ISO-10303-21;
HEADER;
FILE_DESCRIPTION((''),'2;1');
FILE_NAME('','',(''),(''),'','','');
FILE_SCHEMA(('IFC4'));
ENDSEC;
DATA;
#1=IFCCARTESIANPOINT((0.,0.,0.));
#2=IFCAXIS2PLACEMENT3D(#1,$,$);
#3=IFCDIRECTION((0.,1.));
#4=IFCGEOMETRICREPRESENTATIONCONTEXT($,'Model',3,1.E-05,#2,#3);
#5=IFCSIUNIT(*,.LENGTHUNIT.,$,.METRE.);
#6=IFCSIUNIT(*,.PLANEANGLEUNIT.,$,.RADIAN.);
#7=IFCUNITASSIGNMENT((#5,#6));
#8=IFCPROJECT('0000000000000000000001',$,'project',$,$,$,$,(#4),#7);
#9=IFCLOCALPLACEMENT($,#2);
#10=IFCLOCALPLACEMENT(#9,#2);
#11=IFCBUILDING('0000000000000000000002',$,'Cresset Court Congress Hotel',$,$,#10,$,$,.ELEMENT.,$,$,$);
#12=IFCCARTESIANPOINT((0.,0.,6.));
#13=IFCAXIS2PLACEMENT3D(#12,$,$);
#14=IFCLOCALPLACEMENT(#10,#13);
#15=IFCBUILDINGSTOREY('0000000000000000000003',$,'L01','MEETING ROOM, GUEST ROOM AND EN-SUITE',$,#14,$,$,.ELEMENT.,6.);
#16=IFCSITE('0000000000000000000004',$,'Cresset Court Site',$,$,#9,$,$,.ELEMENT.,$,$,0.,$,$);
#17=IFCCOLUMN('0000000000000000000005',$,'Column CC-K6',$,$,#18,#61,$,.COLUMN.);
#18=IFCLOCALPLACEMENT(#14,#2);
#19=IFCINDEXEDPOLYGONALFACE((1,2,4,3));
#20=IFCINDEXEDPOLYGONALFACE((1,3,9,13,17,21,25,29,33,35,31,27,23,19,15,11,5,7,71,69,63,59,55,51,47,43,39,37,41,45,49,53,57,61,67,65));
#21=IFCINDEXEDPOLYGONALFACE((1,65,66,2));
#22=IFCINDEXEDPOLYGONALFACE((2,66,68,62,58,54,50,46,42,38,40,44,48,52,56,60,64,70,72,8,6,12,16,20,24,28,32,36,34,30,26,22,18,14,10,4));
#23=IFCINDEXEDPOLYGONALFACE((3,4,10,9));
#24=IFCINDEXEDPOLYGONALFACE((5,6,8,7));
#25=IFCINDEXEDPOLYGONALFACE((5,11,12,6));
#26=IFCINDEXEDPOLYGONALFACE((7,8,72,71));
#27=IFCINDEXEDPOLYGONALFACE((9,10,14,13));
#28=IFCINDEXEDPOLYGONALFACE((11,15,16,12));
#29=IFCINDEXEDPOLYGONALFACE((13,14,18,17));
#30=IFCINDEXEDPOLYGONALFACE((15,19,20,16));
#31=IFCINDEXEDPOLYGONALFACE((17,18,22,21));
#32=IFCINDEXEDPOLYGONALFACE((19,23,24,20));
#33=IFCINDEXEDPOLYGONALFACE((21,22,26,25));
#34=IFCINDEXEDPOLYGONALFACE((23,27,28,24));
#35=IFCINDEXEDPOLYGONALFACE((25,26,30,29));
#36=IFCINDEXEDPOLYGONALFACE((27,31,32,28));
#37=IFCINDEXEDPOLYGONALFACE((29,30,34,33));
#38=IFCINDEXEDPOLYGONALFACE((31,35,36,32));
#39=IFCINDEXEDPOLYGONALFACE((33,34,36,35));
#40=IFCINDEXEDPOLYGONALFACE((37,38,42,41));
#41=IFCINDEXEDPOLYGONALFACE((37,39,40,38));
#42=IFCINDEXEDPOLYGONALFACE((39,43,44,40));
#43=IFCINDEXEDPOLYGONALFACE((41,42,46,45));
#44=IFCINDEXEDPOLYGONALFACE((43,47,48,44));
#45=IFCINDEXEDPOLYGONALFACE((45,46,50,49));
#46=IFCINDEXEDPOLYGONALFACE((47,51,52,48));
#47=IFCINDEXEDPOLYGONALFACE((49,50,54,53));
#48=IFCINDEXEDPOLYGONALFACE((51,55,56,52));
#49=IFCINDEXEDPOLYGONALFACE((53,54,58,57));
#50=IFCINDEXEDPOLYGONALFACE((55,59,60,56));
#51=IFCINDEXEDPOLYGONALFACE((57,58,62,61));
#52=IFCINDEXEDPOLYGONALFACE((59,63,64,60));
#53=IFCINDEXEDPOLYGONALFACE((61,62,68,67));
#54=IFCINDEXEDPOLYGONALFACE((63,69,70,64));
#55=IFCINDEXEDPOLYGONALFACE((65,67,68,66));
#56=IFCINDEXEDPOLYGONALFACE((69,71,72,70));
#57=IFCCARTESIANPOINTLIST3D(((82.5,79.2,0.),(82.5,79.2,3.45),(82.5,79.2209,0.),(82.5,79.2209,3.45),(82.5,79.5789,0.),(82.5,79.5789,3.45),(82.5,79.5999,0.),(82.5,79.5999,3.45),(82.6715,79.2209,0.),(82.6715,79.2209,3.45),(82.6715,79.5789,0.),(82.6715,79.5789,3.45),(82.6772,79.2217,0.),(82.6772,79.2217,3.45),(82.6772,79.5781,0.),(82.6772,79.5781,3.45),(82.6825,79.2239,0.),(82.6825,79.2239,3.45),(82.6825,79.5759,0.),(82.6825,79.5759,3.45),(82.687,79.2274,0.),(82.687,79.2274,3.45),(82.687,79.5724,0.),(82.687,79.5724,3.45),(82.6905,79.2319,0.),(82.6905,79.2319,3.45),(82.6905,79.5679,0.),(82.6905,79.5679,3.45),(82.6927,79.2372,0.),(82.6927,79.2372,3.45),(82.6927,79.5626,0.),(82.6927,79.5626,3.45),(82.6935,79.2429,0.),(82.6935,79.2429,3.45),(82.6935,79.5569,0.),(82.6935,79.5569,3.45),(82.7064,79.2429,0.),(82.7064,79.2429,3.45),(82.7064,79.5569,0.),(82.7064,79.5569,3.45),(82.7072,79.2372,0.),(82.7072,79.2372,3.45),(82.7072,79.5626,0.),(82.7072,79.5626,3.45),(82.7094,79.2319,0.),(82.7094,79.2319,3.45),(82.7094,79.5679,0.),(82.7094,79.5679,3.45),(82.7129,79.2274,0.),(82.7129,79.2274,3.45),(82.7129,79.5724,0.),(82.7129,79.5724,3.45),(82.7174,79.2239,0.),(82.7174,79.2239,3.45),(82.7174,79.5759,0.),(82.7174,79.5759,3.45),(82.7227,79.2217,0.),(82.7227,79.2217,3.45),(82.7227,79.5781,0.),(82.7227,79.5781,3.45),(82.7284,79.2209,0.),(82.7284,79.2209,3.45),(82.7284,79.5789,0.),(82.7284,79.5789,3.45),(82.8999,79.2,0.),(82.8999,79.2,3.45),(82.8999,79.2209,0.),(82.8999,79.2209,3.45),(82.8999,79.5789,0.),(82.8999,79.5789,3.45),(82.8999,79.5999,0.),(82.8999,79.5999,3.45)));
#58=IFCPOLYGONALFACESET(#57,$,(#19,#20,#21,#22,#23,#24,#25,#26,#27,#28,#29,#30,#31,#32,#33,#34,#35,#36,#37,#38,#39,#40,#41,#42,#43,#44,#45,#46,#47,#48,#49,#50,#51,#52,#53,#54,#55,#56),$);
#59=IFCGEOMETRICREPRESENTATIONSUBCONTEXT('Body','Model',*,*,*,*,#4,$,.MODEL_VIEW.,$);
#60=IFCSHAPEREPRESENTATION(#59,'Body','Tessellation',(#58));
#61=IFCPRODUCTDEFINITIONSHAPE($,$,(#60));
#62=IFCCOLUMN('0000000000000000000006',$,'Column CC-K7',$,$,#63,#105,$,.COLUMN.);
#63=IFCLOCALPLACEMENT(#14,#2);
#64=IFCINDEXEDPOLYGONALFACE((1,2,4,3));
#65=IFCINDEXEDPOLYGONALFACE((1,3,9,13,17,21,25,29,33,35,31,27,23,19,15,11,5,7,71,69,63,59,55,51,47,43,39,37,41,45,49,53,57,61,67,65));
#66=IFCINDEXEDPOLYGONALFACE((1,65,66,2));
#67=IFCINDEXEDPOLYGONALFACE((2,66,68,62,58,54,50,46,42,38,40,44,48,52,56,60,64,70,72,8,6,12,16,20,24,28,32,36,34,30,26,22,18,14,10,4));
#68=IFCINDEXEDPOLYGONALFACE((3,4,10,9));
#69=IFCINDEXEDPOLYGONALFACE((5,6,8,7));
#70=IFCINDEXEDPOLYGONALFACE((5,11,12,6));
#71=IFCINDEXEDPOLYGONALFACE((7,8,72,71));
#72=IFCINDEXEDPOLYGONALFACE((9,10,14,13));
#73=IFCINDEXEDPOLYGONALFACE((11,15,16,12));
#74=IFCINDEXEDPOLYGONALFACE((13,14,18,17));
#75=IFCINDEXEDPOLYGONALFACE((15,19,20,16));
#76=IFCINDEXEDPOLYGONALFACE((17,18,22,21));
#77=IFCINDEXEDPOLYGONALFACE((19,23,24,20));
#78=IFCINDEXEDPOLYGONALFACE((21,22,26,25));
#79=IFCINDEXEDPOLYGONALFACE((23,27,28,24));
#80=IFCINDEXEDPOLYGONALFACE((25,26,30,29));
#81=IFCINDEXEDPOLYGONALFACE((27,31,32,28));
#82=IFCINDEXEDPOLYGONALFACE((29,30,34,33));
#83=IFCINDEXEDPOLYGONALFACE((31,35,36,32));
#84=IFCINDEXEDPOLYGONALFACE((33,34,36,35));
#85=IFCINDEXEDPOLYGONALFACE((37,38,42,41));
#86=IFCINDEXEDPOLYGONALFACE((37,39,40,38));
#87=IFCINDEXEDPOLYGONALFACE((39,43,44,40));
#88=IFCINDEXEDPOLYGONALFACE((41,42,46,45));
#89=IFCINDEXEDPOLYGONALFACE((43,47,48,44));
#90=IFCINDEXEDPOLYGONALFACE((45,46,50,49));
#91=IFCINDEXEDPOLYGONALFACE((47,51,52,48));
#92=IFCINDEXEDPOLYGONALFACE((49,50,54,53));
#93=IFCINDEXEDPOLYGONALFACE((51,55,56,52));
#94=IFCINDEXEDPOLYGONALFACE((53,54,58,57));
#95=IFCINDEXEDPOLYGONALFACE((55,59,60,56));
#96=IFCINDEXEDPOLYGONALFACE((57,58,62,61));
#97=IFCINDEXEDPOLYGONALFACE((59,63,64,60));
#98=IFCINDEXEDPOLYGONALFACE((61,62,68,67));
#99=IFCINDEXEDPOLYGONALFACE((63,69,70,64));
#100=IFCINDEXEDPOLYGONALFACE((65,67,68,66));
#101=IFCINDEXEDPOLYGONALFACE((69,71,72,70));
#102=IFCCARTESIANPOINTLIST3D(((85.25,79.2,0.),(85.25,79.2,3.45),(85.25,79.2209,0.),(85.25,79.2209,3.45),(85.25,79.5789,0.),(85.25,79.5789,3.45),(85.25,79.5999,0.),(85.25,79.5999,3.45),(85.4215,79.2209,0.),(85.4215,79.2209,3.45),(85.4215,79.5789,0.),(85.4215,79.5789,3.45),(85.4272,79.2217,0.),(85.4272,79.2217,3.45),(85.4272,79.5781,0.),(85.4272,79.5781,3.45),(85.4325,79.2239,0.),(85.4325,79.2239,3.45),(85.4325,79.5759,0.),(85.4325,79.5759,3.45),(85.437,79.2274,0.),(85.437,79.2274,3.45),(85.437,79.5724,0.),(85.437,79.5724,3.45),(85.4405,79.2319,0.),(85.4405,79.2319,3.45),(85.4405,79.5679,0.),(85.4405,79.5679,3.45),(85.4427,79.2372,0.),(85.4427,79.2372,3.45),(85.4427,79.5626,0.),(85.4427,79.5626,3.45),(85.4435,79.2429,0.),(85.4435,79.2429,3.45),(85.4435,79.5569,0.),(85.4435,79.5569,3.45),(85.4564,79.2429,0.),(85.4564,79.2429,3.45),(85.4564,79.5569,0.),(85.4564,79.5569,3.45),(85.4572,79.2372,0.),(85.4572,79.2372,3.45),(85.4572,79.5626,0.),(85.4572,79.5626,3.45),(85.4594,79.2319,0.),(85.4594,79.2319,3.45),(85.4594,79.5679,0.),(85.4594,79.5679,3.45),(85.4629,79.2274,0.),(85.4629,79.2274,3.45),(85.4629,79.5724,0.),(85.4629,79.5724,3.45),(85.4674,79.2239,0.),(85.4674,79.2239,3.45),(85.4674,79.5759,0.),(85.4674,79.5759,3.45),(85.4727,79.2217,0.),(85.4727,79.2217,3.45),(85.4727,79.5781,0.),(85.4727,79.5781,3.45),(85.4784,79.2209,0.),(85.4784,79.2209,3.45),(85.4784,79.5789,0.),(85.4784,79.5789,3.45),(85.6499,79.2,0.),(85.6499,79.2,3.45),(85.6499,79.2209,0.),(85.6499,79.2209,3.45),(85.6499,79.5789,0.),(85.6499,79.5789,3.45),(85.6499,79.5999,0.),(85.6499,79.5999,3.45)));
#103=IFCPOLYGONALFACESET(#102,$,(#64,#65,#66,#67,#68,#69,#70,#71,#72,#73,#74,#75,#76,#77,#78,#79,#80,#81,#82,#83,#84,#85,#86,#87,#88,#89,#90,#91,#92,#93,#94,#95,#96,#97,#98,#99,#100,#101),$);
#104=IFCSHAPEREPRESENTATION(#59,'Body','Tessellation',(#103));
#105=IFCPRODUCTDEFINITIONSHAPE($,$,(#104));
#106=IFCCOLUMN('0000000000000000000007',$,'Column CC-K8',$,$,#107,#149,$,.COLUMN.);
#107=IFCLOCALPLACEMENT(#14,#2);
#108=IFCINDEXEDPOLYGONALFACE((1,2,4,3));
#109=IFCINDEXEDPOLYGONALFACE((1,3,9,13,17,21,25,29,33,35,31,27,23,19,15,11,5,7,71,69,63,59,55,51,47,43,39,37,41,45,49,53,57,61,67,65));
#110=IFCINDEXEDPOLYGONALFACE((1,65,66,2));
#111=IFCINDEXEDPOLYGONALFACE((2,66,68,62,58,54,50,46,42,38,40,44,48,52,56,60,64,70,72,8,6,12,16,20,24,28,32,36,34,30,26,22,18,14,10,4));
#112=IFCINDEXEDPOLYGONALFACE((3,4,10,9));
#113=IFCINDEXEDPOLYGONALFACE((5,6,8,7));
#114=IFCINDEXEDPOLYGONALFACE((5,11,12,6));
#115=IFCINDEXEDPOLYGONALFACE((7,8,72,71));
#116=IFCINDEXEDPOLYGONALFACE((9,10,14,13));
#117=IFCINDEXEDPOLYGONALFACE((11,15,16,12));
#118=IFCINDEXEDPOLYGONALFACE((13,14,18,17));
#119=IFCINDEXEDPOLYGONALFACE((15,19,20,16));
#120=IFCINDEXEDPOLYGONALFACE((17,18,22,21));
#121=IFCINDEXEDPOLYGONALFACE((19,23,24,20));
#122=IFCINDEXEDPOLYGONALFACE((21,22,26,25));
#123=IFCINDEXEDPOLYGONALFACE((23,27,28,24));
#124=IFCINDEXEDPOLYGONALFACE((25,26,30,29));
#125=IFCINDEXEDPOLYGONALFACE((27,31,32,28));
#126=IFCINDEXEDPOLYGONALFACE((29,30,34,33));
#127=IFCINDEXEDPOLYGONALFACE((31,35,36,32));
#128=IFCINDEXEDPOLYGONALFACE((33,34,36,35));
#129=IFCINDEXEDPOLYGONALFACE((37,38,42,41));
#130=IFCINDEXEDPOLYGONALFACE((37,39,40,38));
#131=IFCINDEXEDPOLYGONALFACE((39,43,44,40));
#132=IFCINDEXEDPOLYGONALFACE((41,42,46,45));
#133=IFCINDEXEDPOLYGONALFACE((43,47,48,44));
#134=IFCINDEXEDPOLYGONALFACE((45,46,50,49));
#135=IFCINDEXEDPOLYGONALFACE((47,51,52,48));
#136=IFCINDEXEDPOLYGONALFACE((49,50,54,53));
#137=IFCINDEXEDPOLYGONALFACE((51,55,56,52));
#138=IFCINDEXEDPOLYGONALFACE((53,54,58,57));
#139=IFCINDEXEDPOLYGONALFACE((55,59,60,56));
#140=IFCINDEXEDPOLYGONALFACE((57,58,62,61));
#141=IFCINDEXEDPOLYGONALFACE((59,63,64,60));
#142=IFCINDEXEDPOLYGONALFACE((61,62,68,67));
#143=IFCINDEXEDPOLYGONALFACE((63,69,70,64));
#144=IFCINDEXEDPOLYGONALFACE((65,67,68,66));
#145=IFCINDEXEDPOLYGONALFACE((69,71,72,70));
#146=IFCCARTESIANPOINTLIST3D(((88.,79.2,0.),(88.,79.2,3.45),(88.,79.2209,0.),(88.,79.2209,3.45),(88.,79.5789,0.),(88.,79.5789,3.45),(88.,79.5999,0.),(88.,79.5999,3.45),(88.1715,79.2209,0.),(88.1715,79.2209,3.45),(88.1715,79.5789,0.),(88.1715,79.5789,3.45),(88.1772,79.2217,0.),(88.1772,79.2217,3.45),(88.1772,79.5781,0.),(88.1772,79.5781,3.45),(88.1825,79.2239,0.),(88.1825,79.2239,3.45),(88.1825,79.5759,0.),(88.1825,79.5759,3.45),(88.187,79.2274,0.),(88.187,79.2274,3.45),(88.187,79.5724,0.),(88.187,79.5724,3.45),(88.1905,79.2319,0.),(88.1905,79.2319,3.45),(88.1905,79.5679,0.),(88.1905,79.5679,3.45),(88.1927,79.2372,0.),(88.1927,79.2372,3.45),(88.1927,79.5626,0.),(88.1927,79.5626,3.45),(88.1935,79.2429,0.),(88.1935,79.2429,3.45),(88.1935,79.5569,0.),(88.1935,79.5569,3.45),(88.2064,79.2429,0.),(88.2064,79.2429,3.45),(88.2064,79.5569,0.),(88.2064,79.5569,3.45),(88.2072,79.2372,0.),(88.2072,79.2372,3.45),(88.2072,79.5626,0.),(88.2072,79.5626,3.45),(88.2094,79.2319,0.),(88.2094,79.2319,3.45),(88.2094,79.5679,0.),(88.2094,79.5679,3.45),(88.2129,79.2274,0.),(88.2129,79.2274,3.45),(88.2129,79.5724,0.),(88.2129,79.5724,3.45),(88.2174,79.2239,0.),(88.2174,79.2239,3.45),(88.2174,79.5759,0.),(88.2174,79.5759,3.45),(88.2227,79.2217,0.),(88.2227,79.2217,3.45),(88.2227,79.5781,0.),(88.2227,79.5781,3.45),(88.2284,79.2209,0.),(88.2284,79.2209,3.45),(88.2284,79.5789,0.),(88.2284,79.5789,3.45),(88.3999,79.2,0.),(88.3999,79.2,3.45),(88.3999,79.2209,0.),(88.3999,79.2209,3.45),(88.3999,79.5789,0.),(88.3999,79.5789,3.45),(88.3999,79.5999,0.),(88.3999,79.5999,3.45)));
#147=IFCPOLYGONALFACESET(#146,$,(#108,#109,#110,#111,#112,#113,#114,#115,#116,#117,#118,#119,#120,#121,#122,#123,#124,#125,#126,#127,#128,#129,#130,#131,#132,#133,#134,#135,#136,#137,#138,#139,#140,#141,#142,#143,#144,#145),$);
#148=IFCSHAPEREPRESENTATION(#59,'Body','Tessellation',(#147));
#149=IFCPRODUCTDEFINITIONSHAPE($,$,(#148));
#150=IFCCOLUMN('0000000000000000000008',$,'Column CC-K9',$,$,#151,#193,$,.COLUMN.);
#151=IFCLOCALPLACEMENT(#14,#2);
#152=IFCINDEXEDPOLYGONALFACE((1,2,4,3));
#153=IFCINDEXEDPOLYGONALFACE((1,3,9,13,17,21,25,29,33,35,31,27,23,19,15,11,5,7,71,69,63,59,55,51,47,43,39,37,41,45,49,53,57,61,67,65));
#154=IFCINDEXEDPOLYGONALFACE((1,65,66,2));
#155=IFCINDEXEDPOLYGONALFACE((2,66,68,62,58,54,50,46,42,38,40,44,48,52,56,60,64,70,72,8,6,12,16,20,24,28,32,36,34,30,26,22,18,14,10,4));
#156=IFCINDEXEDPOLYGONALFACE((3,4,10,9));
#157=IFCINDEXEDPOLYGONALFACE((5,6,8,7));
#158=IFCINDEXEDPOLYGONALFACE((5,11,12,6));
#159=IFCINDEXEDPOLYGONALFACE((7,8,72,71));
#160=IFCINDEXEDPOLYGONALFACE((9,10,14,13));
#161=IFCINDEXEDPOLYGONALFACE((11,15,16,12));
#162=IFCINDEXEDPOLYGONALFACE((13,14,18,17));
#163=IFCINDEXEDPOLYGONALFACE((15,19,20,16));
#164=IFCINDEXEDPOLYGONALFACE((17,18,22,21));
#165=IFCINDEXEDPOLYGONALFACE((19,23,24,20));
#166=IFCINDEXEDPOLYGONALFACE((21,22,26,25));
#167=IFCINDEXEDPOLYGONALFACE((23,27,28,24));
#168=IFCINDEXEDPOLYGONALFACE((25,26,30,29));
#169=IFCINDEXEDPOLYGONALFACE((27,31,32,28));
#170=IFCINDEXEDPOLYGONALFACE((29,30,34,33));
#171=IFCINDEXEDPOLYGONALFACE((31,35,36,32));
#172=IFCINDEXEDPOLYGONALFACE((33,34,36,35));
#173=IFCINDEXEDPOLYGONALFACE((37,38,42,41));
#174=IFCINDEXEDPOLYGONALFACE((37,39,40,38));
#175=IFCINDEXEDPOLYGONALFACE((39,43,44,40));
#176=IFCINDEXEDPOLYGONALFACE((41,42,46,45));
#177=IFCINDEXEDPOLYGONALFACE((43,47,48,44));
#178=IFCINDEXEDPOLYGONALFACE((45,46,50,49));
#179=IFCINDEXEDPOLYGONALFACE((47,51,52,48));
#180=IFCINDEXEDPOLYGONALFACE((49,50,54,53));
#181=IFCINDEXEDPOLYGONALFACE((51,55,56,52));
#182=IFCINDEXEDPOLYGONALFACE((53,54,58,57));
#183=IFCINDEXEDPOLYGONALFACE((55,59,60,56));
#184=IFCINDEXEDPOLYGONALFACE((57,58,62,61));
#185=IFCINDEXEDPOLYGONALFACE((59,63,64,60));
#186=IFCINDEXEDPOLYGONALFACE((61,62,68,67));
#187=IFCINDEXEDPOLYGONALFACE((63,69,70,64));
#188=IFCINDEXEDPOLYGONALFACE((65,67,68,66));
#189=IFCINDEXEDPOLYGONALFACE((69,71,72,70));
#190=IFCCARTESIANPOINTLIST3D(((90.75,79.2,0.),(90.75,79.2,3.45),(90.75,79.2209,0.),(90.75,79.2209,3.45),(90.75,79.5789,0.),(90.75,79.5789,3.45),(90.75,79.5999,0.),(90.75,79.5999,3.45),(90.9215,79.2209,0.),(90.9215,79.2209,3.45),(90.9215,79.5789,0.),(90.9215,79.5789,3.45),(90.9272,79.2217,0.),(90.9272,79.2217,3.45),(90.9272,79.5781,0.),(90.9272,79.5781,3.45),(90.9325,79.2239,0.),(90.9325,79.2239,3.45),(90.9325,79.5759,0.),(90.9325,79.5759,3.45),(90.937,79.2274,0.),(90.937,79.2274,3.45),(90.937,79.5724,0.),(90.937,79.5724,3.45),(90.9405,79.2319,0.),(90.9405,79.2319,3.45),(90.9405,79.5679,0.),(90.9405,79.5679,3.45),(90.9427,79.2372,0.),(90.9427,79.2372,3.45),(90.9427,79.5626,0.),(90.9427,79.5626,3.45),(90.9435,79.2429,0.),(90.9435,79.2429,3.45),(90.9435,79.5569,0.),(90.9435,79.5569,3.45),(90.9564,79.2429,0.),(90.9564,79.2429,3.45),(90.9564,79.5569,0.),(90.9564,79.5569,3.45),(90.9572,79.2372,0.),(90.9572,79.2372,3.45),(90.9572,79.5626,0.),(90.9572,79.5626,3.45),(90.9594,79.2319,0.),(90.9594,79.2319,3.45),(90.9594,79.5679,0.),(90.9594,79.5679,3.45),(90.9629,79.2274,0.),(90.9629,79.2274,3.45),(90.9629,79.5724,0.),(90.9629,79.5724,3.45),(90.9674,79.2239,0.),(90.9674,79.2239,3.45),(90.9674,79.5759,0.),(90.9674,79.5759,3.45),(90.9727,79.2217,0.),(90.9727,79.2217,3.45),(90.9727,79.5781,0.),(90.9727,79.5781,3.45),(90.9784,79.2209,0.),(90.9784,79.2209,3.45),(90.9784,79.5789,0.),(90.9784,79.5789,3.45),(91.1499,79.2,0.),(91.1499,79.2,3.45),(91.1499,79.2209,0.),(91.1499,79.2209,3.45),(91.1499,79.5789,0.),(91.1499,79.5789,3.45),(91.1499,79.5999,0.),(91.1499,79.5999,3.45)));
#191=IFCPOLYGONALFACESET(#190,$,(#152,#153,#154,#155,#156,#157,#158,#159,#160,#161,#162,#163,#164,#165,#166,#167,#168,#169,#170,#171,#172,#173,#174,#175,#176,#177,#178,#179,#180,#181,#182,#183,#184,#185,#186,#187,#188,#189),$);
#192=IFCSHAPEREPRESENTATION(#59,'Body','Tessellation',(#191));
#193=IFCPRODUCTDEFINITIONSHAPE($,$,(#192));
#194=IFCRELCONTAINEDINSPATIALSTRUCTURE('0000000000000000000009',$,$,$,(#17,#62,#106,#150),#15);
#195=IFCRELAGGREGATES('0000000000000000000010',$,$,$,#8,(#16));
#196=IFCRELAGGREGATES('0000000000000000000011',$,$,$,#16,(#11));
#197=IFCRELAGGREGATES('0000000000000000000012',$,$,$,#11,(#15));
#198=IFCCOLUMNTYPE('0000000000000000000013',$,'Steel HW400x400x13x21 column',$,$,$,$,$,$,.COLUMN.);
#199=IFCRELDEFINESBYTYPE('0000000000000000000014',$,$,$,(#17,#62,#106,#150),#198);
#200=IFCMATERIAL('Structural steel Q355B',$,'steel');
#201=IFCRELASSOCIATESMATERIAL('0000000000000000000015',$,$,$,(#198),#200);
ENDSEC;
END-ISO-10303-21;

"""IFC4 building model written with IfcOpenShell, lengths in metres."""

from ifc_helpers import new_model, si_unit, direction, frame, origin, origin_2d, place, context, subcontext, project, spatial, i_section, extrude, material, material_profile, profile_set, type_object, element, save


model = new_model("IFC4")

# Units and contexts
model_context = context("Model", 3, precision=1e-05, world=origin(), true_north=direction((0.0, 1.0)))
body_context = subcontext(model_context, "Body", "Model", "MODEL_VIEW")
ifc_project = project(units=[si_unit("LENGTHUNIT", "METRE"), si_unit("PLANEANGLEUNIT", "RADIAN")], contexts=[model_context])

# Site, building, storey
site_placement = place(None, origin())
site = spatial("IfcSite", under=ifc_project, at=site_placement, Name="Cresset Court Site", CompositionType="ELEMENT", RefElevation=0.0)
building_placement = place(site_placement, origin())
building = spatial("IfcBuilding", under=site, at=building_placement, Name="Cresset Court Congress Hotel", CompositionType="ELEMENT")
storey_placement = place(building_placement, frame((0.0, 0.0, 6.0)))
storey = spatial("IfcBuildingStorey", under=building, at=storey_placement, Name="L01", Description="MEETING ROOM, GUEST ROOM AND EN-SUITE", CompositionType="ELEMENT", Elevation=6.0)

# Columns
ifc_material_1 = material(Name="Structural steel Q355B", Category="steel")
ifc_material_profile_1 = material_profile(ifc_material_1, i_section(OverallWidth=0.3999, OverallDepth=0.3999, WebThickness=0.0129, FlangeThickness=0.021, FilletRadius=0.022, at=origin_2d()), Name="HW400x400x13x21")
ifc_profile_set_1 = profile_set([ifc_material_profile_1], Name="Structural steel Q355B")
column_type = type_object("IfcColumnType", Name="Steel HW400x400x13x21 column", PredefinedType="COLUMN", material=ifc_profile_set_1)
for number, where, z_axis, x_axis, name in (
    (1, (82.7, 79.3999, 0.0), (0.0, 0.0, 1.0), (1.0, 0.0, 0.0), "Column CC-K6"),
    (2, (85.45, 79.3999, 0.0), (0.0, 0.0, 1.0), (1.0, 0.0, 0.0), "Column CC-K7"),
    (3, (88.2, 79.3999, 0.0), (0.0, 0.0, 1.0), (1.0, 0.0, 0.0), "Column CC-K8"),
    (4, (90.95, 79.3999, 0.0), (0.0, 0.0, 1.0), (1.0, 0.0, 0.0), "Column CC-K9"),
):
    element("IfcColumn", number, at=place(storey_placement, frame(where, z_axis=z_axis, x_axis=x_axis)), inside=storey, type_object=column_type, Name=name, PredefinedType="COLUMN", context=body_context, shape_type="SweptSolid", body=[
        extrude(i_section(OverallWidth=0.3999, OverallDepth=0.3999, WebThickness=0.0129, FlangeThickness=0.021, FilletRadius=0.022, at=origin_2d()), origin(), (0.0, 0.0, 1.0), 3.45),
    ])

save(model, "model.ifc")
